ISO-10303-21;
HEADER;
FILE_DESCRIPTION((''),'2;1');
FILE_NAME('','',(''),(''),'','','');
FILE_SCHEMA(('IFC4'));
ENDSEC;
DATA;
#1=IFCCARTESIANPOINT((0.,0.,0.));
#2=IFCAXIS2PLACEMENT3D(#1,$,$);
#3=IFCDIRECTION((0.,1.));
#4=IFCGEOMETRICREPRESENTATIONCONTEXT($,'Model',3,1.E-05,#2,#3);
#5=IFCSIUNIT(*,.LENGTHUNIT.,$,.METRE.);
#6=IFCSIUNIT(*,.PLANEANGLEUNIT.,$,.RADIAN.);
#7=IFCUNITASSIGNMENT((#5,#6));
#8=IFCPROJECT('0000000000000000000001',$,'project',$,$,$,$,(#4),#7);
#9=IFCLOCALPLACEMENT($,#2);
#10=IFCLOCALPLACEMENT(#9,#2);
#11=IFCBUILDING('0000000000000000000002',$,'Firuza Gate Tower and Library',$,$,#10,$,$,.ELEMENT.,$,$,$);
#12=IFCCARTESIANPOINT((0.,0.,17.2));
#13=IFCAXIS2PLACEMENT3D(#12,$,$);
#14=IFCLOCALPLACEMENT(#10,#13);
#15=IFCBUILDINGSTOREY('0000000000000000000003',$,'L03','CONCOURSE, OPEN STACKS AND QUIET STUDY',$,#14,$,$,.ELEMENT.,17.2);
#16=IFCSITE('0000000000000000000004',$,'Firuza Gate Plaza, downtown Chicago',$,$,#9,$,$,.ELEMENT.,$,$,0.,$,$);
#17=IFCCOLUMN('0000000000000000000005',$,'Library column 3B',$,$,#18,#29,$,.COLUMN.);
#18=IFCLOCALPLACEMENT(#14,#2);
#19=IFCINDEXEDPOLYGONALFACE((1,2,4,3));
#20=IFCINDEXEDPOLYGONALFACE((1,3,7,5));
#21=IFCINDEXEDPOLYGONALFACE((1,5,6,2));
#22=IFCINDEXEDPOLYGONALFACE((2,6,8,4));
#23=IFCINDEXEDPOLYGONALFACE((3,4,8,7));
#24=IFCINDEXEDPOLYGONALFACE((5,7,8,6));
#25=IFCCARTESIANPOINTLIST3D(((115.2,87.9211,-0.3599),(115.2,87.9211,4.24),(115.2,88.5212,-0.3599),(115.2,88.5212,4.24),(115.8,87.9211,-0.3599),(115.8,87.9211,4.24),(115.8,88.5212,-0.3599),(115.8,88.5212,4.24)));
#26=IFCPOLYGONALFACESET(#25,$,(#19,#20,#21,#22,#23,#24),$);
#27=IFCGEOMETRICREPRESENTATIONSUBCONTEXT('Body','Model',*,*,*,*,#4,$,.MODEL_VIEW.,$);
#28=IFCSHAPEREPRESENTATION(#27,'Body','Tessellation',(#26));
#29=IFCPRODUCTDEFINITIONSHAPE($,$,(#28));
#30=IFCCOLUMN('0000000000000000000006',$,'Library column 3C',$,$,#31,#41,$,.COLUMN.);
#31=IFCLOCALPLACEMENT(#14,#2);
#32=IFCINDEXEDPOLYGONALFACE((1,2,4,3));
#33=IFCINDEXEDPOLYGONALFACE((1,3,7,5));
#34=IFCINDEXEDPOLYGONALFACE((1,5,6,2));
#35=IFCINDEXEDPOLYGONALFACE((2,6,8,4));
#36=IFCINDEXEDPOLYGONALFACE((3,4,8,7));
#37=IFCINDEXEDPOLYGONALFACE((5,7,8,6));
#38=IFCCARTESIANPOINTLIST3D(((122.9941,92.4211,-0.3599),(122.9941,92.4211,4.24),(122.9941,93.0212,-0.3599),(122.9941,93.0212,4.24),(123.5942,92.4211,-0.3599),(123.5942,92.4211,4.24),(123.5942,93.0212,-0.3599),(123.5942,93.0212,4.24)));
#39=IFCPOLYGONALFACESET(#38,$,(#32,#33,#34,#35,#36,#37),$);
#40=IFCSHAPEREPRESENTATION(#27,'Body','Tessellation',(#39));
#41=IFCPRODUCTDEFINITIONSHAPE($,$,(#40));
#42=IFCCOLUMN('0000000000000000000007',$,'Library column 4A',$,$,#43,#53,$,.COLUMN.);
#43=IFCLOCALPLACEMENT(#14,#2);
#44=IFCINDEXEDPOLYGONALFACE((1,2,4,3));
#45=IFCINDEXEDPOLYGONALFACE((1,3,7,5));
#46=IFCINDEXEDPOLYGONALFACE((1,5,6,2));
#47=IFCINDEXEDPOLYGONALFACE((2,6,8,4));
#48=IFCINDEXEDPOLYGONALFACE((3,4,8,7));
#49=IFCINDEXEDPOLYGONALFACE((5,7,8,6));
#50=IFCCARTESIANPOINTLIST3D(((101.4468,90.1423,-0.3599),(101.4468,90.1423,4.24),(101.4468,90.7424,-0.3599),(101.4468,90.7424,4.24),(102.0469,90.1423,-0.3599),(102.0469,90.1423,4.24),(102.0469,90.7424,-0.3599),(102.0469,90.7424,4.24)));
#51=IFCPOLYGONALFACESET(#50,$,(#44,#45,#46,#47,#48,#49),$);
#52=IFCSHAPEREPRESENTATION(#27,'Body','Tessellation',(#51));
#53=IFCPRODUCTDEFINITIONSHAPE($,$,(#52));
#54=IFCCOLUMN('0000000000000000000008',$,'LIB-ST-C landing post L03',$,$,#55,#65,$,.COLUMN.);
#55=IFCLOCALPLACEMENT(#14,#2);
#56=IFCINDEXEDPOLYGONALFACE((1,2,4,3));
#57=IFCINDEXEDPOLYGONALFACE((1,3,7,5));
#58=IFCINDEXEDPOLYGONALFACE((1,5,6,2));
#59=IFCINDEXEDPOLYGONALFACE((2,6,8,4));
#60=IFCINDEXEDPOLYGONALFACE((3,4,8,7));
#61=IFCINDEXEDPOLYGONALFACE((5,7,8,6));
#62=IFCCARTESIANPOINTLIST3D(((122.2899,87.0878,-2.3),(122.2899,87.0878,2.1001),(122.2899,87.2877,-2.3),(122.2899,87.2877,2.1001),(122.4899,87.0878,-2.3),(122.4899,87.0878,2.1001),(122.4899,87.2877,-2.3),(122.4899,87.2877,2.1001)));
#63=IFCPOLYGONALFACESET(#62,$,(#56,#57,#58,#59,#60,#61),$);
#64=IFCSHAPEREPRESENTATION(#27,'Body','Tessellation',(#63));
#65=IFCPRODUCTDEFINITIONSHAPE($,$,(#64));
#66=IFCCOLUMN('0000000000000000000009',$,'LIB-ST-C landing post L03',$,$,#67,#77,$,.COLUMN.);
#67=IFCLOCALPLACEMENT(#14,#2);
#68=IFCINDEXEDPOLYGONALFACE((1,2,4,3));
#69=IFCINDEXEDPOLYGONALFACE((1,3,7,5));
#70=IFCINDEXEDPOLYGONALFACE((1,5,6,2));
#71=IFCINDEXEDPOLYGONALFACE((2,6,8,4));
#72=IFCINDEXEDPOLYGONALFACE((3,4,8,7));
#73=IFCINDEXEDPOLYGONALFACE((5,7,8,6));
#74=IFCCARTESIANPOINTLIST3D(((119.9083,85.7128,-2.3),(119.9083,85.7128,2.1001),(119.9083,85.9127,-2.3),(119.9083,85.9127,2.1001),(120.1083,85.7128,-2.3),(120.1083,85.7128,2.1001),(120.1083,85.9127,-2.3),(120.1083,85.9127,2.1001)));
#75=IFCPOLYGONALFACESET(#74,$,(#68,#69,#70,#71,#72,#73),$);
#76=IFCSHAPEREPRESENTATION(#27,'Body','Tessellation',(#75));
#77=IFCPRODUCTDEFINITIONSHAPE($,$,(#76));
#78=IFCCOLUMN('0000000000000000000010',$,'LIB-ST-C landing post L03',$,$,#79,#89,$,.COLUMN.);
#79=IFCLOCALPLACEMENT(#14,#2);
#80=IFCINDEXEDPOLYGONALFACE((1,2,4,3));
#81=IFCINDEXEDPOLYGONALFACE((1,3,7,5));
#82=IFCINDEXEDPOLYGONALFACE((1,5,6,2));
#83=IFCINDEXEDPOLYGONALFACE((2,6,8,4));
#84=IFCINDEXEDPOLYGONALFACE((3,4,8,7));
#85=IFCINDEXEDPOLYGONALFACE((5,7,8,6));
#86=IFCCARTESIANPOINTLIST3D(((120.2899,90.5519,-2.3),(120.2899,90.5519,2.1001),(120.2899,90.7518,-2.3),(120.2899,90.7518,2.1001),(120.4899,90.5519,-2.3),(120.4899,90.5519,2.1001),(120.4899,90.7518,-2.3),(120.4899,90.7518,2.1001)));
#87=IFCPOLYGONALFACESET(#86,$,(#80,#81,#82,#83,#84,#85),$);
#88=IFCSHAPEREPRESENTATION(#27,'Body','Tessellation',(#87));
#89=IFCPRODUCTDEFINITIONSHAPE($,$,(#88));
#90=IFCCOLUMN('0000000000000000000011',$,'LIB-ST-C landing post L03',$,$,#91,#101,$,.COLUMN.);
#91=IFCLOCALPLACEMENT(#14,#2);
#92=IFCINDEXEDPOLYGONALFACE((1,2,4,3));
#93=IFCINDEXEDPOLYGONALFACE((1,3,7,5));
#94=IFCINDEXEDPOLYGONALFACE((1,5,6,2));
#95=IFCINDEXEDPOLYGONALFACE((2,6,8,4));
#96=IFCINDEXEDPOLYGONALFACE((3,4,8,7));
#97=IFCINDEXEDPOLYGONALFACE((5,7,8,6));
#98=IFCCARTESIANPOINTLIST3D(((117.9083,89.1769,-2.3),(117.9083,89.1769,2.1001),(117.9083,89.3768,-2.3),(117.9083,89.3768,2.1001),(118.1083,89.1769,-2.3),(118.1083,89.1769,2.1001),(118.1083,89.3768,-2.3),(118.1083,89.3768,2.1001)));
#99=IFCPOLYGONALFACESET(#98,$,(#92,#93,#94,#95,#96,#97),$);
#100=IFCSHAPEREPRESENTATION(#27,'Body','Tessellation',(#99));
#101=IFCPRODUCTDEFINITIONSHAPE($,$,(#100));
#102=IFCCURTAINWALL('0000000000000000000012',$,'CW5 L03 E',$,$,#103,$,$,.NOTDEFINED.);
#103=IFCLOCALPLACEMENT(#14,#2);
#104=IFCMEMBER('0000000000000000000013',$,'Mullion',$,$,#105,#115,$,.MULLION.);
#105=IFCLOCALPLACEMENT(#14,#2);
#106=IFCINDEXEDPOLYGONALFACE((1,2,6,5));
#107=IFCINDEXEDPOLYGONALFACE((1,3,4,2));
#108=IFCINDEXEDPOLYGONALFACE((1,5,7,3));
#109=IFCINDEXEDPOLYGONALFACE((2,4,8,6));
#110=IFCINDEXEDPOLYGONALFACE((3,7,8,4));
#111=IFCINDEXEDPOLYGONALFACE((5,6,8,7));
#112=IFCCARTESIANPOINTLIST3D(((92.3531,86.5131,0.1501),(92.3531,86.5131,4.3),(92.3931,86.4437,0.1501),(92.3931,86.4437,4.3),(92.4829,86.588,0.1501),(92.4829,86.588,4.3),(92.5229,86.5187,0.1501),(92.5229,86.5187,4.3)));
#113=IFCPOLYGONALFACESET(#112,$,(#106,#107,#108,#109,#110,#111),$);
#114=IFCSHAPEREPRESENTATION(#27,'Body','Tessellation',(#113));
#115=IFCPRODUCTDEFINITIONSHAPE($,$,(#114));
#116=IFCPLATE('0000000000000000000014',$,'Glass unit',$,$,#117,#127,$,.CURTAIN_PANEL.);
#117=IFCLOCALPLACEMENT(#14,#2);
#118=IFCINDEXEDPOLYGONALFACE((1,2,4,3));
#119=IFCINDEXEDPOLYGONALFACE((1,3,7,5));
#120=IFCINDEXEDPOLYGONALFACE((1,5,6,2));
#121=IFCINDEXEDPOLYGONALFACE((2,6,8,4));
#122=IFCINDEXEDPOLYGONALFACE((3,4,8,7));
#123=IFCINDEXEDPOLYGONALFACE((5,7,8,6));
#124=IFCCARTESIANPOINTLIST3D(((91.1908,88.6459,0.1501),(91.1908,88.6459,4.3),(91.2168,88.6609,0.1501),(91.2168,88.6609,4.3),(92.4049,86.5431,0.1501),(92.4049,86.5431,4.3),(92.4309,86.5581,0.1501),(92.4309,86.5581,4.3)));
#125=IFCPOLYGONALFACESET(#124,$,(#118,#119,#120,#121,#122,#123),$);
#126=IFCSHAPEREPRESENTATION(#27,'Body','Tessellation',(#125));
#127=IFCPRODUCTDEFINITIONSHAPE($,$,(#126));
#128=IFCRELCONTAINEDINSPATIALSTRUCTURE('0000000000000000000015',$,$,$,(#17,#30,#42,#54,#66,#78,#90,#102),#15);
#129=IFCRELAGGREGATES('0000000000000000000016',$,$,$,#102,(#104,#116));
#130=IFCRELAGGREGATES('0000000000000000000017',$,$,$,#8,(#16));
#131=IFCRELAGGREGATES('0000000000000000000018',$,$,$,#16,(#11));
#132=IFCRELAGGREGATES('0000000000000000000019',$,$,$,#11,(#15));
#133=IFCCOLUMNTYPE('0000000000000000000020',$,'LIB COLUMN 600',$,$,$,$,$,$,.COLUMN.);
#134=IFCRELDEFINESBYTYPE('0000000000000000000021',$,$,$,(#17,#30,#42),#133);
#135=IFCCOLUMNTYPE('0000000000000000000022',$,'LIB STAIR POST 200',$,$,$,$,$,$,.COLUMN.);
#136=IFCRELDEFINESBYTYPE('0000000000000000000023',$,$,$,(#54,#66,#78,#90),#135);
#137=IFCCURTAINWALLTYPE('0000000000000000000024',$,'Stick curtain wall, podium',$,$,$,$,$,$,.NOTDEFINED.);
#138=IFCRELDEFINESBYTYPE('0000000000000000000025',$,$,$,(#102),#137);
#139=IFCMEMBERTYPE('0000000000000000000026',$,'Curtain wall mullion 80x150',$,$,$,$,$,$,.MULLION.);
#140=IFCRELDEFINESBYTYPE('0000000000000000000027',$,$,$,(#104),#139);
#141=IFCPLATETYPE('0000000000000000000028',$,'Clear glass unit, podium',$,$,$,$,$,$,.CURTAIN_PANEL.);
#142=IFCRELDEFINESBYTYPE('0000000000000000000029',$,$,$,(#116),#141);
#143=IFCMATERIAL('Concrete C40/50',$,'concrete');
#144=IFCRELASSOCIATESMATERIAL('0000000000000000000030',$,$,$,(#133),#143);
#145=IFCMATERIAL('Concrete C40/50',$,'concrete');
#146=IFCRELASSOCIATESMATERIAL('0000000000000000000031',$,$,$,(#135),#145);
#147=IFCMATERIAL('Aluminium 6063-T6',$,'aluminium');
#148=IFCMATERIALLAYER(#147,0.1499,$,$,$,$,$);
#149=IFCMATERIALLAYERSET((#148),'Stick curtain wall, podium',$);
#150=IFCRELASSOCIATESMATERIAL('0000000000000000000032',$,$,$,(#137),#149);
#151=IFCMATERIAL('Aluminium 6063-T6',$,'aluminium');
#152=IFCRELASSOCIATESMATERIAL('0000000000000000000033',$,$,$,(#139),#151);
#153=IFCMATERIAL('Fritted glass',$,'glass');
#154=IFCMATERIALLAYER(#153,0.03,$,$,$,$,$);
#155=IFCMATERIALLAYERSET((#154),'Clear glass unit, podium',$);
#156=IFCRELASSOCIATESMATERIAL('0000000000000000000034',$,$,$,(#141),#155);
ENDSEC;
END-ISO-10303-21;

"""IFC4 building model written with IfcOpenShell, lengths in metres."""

from ifc_helpers import new_model, si_unit, direction, frame, origin, origin_2d, place, context, subcontext, project, spatial, polyline, rectangle, outline, extrude, material, layer, layer_set, material_profile, profile_set, type_object, element, aggregate, save


model = new_model("IFC4")

# Units and contexts
model_context = context("Model", 3, precision=1e-05, world=origin(), true_north=direction((0.0, 1.0)))
body_context = subcontext(model_context, "Body", "Model", "MODEL_VIEW")
ifc_project = project(units=[si_unit("LENGTHUNIT", "METRE"), si_unit("PLANEANGLEUNIT", "RADIAN")], contexts=[model_context])

# Site, building, storey
site_placement = place(None, origin())
site = spatial("IfcSite", under=ifc_project, at=site_placement, Name="Firuza Gate Plaza, downtown Chicago", CompositionType="ELEMENT", RefElevation=0.0)
building_placement = place(site_placement, origin())
building = spatial("IfcBuilding", under=site, at=building_placement, Name="Firuza Gate Tower and Library", CompositionType="ELEMENT")
storey_placement = place(building_placement, frame((0.0, 0.0, 17.2)))
storey = spatial("IfcBuildingStorey", under=building, at=storey_placement, Name="L03", Description="CONCOURSE, OPEN STACKS AND QUIET STUDY", CompositionType="ELEMENT", Elevation=17.2)

# Columns
ifc_material_1 = material(Name="Concrete C40/50", Category="concrete")
ifc_material_profile_1 = material_profile(ifc_material_1, rectangle(XDim=0.6001, YDim=0.6001, at=origin_2d()))
ifc_profile_set_1 = profile_set([ifc_material_profile_1], Name="Concrete C40/50")
column_type_1 = type_object("IfcColumnType", Name="LIB COLUMN 600", PredefinedType="COLUMN", material=ifc_profile_set_1)
for number, where, z_axis, x_axis, name in (
    (1, (115.5, 88.2212, -0.3599), (0.0, 0.0, 1.0), (1.0, 0.0, 0.0), "Library column 3B"),
    (2, (123.2942, 92.7212, -0.3599), (0.0, 0.0, 1.0), (1.0, 0.0, 0.0), "Library column 3C"),
    (3, (101.7468, 90.4424, -0.3599), (0.0, 0.0, 1.0), (1.0, 0.0, 0.0), "Library column 4A"),
):
    element("IfcColumn", number, at=place(storey_placement, frame(where, z_axis=z_axis, x_axis=x_axis)), inside=storey, type_object=column_type_1, Name=name, PredefinedType="COLUMN", context=body_context, shape_type="SweptSolid", body=[
        extrude(rectangle(XDim=0.6001, YDim=0.6001, at=origin_2d()), origin(), (0.0, 0.0, 1.0), 4.5999),
    ])
ifc_material_2 = material(Name="Concrete C40/50", Category="concrete")
ifc_material_profile_2 = material_profile(ifc_material_2, rectangle(XDim=0.2, YDim=0.2, at=origin_2d()))
ifc_profile_set_2 = profile_set([ifc_material_profile_2], Name="Concrete C40/50")
column_type_2 = type_object("IfcColumnType", Name="LIB STAIR POST 200", PredefinedType="COLUMN", material=ifc_profile_set_2)
for number, where, z_axis, x_axis, name in (
    (4, (122.3899, 87.1877, -2.3), (0.0, 0.0, 1.0), (1.0, 0.0, 0.0), "LIB-ST-C landing post L03"),
    (5, (120.0083, 85.8127, -2.3), (0.0, 0.0, 1.0), (1.0, 0.0, 0.0), "LIB-ST-C landing post L03"),
    (6, (120.3899, 90.6519, -2.3), (0.0, 0.0, 1.0), (1.0, 0.0, 0.0), "LIB-ST-C landing post L03"),
    (7, (118.0083, 89.2769, -2.3), (0.0, 0.0, 1.0), (1.0, 0.0, 0.0), "LIB-ST-C landing post L03"),
):
    element("IfcColumn", number, at=place(storey_placement, frame(where, z_axis=z_axis, x_axis=x_axis)), inside=storey, type_object=column_type_2, Name=name, PredefinedType="COLUMN", context=body_context, shape_type="SweptSolid", body=[
        extrude(rectangle(XDim=0.2, YDim=0.2, at=origin_2d()), origin(), (0.0, 0.0, 1.0), 4.4001),
    ])

# Curtain wall, member, plate
ifc_material_3 = material(Name="Aluminium 6063-T6", Category="aluminium")
ifc_layer_1 = layer(ifc_material_3, 0.1499)
ifc_layer_set_1 = layer_set([ifc_layer_1], Name="Stick curtain wall, podium")
curtain_wall_type = type_object("IfcCurtainWallType", Name="Stick curtain wall, podium", PredefinedType="NOTDEFINED", material=ifc_layer_set_1)
placement = place(storey_placement, origin())
curtain_wall = element("IfcCurtainWall", 8, at=placement, inside=storey, type_object=curtain_wall_type, Name="CW5 L03 E", PredefinedType="NOTDEFINED")
ifc_material_4 = material(Name="Aluminium 6063-T6", Category="aluminium")
ifc_material_profile_3 = material_profile(ifc_material_4, rectangle(XDim=0.1499, YDim=0.0801, at=origin_2d()))
ifc_profile_set_3 = profile_set([ifc_material_profile_3], Name="Aluminium 6063-T6")
member_type = type_object("IfcMemberType", Name="Curtain wall mullion 80x150", PredefinedType="MULLION", material=ifc_profile_set_3)
member_placement = place(storey_placement, frame((92.438, 86.5159, 0.1501), z_axis=(0.0, 0.0, 1.0), x_axis=(-0.866025, -0.5, 0.0)))
member = element("IfcMember", 9, at=member_placement, type_object=member_type, Name="Mullion", PredefinedType="MULLION", context=body_context, shape_type="SweptSolid", body=[
    extrude(rectangle(XDim=0.1499, YDim=0.0801, at=origin_2d()), origin(), (0.0, 0.0, 1.0), 4.1499),
])
ifc_material_5 = material(Name="Fritted glass", Category="glass")
ifc_layer_2 = layer(ifc_material_5, 0.03)
ifc_layer_set_2 = layer_set([ifc_layer_2], Name="Clear glass unit, podium")
plate_type = type_object("IfcPlateType", Name="Clear glass unit, podium", PredefinedType="CURTAIN_PANEL", material=ifc_layer_set_2)
plate_placement = place(storey_placement, frame((92.4309, 86.5581, 0.1501), z_axis=(0.866013, 0.500021, 0.0), x_axis=(-0.500021, 0.866013, 0.0)))
plate = element("IfcPlate", 10, at=plate_placement, type_object=plate_type, Name="Glass unit", PredefinedType="CURTAIN_PANEL", context=body_context, shape_type="SweptSolid", body=[
    extrude(outline(polyline([(0.0, 0.0), (2.4281, 0.0), (2.4281, 4.1499), (0.0, 4.1499), (0.0, 0.0)])), origin(), (0.0, 0.0, -1.0), 0.03),
])
aggregate(curtain_wall, [member, plate])

save(model, "model.ifc")
